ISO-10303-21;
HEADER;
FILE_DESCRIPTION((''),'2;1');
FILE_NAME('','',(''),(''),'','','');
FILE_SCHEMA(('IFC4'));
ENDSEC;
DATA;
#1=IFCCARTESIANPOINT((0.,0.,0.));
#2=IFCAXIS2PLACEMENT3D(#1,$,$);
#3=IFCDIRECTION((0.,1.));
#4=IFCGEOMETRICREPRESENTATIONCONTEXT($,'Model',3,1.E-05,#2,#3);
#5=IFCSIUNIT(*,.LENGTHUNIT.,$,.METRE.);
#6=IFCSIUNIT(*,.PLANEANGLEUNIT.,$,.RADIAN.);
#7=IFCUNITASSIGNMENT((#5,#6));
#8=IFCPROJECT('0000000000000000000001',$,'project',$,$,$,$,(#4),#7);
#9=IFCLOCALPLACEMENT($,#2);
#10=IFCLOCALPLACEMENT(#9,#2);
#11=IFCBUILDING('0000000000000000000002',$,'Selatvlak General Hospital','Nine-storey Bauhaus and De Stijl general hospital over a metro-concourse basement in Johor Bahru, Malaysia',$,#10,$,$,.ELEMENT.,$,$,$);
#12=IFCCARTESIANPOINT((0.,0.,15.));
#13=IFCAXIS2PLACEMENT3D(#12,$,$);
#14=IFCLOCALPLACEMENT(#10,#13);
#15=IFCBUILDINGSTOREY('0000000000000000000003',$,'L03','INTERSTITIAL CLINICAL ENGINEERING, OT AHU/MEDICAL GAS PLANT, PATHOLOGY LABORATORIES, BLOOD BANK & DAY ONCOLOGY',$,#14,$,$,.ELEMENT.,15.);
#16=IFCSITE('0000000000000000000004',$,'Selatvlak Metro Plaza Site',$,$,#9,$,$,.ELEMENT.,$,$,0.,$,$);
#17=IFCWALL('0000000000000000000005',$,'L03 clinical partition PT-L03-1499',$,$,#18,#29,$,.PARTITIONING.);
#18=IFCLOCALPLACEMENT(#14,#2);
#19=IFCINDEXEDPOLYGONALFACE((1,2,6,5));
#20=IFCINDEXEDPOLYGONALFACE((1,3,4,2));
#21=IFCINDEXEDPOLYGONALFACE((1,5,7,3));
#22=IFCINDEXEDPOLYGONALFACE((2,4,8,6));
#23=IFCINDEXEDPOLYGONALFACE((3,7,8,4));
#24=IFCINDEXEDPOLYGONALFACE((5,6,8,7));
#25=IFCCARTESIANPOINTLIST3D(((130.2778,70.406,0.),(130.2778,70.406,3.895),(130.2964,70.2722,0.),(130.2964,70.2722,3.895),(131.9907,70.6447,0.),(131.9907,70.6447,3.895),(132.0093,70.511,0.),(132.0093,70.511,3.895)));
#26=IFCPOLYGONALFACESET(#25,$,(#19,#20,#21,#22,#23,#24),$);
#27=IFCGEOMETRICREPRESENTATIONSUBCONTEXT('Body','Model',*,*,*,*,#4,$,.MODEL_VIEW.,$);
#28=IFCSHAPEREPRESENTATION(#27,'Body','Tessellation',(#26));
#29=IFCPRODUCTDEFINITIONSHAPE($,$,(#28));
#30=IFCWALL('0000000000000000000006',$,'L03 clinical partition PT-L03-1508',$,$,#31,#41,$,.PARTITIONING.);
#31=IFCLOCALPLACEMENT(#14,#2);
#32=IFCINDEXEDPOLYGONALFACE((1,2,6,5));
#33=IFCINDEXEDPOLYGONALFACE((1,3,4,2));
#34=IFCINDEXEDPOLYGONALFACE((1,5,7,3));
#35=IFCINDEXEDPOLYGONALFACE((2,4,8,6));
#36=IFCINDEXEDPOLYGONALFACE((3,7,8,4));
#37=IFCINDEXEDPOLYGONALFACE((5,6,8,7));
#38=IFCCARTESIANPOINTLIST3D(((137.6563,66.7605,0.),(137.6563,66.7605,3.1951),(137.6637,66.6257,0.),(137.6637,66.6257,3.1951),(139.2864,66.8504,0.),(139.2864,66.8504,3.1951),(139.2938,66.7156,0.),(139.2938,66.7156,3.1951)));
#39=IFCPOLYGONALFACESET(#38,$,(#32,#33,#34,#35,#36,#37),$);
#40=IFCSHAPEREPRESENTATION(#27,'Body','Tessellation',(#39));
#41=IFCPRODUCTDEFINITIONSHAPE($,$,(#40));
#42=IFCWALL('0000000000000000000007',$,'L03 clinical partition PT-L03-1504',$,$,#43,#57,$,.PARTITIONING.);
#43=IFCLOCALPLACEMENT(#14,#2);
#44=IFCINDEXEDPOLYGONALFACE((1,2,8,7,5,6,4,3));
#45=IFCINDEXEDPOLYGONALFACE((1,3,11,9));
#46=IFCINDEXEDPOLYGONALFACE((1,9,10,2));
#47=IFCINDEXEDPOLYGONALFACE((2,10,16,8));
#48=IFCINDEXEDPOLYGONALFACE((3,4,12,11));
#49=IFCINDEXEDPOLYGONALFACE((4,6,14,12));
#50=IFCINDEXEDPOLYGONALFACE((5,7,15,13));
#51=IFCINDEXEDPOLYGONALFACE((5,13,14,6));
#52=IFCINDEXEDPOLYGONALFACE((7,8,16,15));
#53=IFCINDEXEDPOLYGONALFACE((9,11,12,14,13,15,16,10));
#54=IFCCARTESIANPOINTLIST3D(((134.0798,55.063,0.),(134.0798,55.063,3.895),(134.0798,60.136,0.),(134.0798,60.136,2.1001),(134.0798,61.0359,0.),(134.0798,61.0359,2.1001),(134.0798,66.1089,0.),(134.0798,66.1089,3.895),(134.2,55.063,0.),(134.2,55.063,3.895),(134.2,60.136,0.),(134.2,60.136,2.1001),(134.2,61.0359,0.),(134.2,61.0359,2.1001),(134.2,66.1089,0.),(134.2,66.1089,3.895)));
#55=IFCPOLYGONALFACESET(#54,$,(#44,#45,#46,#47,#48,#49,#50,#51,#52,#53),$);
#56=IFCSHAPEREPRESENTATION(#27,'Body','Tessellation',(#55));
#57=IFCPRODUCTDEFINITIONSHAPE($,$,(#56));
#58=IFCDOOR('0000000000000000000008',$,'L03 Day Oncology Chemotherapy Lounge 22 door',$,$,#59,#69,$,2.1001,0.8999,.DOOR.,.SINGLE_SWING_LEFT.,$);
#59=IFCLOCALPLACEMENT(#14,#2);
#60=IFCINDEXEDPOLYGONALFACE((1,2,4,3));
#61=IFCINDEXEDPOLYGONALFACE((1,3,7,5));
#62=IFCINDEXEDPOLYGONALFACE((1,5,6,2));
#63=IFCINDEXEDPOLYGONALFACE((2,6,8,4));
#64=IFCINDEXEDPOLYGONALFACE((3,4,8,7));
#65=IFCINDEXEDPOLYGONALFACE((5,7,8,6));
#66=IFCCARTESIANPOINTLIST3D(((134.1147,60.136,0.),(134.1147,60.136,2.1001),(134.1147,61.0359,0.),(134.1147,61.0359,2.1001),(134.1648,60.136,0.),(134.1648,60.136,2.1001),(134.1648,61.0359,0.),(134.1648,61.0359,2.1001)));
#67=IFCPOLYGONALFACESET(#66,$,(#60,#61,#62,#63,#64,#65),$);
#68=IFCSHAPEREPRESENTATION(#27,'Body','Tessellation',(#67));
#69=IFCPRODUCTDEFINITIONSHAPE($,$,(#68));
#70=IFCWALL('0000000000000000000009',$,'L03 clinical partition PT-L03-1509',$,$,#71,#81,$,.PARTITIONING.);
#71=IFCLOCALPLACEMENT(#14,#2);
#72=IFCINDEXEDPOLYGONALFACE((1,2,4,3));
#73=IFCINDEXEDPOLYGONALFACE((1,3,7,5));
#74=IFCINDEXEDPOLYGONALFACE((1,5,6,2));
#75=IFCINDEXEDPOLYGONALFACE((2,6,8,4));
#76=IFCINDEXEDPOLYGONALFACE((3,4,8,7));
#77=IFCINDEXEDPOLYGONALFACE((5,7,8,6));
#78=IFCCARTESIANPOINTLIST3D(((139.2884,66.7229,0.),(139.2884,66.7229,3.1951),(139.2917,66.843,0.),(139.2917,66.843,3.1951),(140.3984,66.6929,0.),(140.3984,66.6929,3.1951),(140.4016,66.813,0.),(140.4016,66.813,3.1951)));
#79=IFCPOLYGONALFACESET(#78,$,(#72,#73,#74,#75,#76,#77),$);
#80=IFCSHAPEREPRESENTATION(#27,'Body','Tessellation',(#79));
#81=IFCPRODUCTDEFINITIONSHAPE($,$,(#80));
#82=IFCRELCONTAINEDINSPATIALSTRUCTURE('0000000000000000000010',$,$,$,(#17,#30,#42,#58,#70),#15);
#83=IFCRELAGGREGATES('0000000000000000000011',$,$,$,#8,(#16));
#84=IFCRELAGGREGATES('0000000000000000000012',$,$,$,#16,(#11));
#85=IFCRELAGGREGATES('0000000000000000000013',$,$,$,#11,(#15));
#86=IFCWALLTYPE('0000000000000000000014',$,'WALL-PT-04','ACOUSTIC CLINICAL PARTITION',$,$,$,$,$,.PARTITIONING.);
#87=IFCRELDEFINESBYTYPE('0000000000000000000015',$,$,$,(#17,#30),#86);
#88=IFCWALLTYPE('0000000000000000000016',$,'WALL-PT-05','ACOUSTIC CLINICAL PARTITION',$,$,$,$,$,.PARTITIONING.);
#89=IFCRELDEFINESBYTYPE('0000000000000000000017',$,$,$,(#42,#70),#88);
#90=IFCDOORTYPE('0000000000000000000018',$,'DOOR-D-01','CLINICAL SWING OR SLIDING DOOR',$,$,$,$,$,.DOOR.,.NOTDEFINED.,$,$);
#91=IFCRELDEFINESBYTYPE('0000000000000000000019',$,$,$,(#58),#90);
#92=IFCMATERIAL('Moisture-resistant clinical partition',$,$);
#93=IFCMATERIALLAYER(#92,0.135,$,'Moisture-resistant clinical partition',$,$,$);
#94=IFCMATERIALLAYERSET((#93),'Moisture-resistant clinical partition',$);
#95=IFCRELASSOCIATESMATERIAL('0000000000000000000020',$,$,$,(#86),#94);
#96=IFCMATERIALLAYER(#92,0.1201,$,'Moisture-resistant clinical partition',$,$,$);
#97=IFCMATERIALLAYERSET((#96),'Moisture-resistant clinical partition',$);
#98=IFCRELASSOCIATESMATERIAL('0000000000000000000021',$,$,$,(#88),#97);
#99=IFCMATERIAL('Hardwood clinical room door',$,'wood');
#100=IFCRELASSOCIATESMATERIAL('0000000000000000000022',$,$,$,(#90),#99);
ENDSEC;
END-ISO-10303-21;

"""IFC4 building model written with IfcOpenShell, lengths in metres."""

from ifc_helpers import new_model, si_unit, direction, frame, frame_2d, origin, place, context, subcontext, project, spatial, rectangle, extrude, material, layer, layer_set, type_object, element, fill, save


model = new_model("IFC4")

# Units and contexts
model_context = context("Model", 3, precision=1e-05, world=origin(), true_north=direction((0.0, 1.0)))
body_context = subcontext(model_context, "Body", "Model", "MODEL_VIEW")
ifc_project = project(units=[si_unit("LENGTHUNIT", "METRE"), si_unit("PLANEANGLEUNIT", "RADIAN")], contexts=[model_context])

# Site, building, storey
site_placement = place(None, origin())
site = spatial("IfcSite", under=ifc_project, at=site_placement, Name="Selatvlak Metro Plaza Site", CompositionType="ELEMENT", RefElevation=0.0)
building_placement = place(site_placement, origin())
building = spatial("IfcBuilding", under=site, at=building_placement, Name="Selatvlak General Hospital", Description="Nine-storey Bauhaus and De Stijl general hospital over a metro-concourse basement in Johor Bahru, Malaysia", CompositionType="ELEMENT")
storey_placement = place(building_placement, frame((0.0, 0.0, 15.0)))
storey = spatial("IfcBuildingStorey", under=building, at=storey_placement, Name="L03", Description="INTERSTITIAL CLINICAL ENGINEERING, OT AHU/MEDICAL GAS PLANT, PATHOLOGY LABORATORIES, BLOOD BANK & DAY ONCOLOGY", CompositionType="ELEMENT", Elevation=15.0)

# Walls
ifc_material_1 = material(Name="Moisture-resistant clinical partition")
ifc_layer_1 = layer(ifc_material_1, 0.135, Name="Moisture-resistant clinical partition")
ifc_layer_set_1 = layer_set([ifc_layer_1], Name="Moisture-resistant clinical partition")
wall_type_1 = type_object("IfcWallType", Name="WALL-PT-04", Description="ACOUSTIC CLINICAL PARTITION", PredefinedType="PARTITIONING", material=ifc_layer_set_1)
wall_1_placement = place(storey_placement, frame((132.0, 70.5779, 0.0), z_axis=(0.0, 0.0, 1.0), x_axis=(-0.990424, -0.138061, 0.0)))
element("IfcWall", 1, at=wall_1_placement, inside=storey, type_object=wall_type_1, Name="L03 clinical partition PT-L03-1499", PredefinedType="PARTITIONING", context=body_context, shape_type="SweptSolid", body=[
    extrude(rectangle(XDim=1.7295, YDim=0.135, at=frame_2d((0.8647, 0.0))), origin(), (0.0, 0.0, 1.0), 3.895),
])
wall_2_placement = place(storey_placement, frame((137.6599, 66.6931, 0.0), z_axis=(0.0, 0.0, 1.0), x_axis=(0.998485, 0.055031, 0.0)))
element("IfcWall", 2, at=wall_2_placement, inside=storey, type_object=wall_type_1, Name="L03 clinical partition PT-L03-1508", PredefinedType="PARTITIONING", context=body_context, shape_type="SweptSolid", body=[
    extrude(rectangle(XDim=1.6326, YDim=0.135, at=frame_2d((0.8164, 0.0))), origin(), (0.0, 0.0, 1.0), 3.1951),
])

# Wall, opening, door
ifc_layer_2 = layer(ifc_material_1, 0.1201, Name="Moisture-resistant clinical partition")
ifc_layer_set_2 = layer_set([ifc_layer_2], Name="Moisture-resistant clinical partition")
wall_type_2 = type_object("IfcWallType", Name="WALL-PT-05", Description="ACOUSTIC CLINICAL PARTITION", PredefinedType="PARTITIONING", material=ifc_layer_set_2)
wall_3_placement = place(storey_placement, frame((134.1399, 66.1089, 0.0), z_axis=(0.0, 0.0, 1.0), x_axis=(0.0, -1.0, 0.0)))
wall_3 = element("IfcWall", 3, at=wall_3_placement, inside=storey, type_object=wall_type_2, Name="L03 clinical partition PT-L03-1504", PredefinedType="PARTITIONING", context=body_context, shape_type="SweptSolid", body=[
    extrude(rectangle(XDim=11.0459, YDim=0.1201, at=frame_2d((5.5229, 0.0))), origin(), (0.0, 0.0, 1.0), 3.895),
])
opening_placement = place(wall_3_placement, frame((5.073, 0.0, 0.0)))
opening = element("IfcOpeningElement", 4, at=opening_placement, cuts=wall_3, PredefinedType="OPENING", context=body_context, shape_type="SweptSolid", body=[
    extrude(rectangle(XDim=0.8999, YDim=2.1001, at=frame_2d((0.45, 1.05))), frame((0.0, 0.0701, 0.0), z_axis=(0.0, -1.0, 0.0), x_axis=(1.0, 0.0, 0.0)), (0.0, 0.0, 1.0), 0.1401),
])
ifc_material_2 = material(Name="Hardwood clinical room door", Category="wood")
door_type = type_object("IfcDoorType", Name="DOOR-D-01", Description="CLINICAL SWING OR SLIDING DOOR", OperationType="NOTDEFINED", PredefinedType="DOOR", material=ifc_material_2)
door_placement = place(opening_placement, origin())
door = element("IfcDoor", 5, at=door_placement, inside=storey, type_object=door_type, Name="L03 Day Oncology Chemotherapy Lounge 22 door", OperationType="SINGLE_SWING_LEFT", OverallHeight=2.1001, OverallWidth=0.8999, PredefinedType="DOOR", context=body_context, shape_type="SweptSolid", body=[
    extrude(rectangle(XDim=0.8999, YDim=2.1001, at=frame_2d((0.45, 1.05))), frame((0.0, 0.0249, 0.0), z_axis=(0.0, -1.0, 0.0), x_axis=(1.0, 0.0, 0.0)), (0.0, 0.0, 1.0), 0.05),
])
fill(opening, door)

# Wall
wall_4_placement = place(storey_placement, frame((139.29, 66.783, 0.0), z_axis=(0.0, 0.0, 1.0), x_axis=(0.999634, -0.027047, 0.0)))
element("IfcWall", 6, at=wall_4_placement, inside=storey, type_object=wall_type_2, Name="L03 clinical partition PT-L03-1509", PredefinedType="PARTITIONING", context=body_context, shape_type="SweptSolid", body=[
    extrude(rectangle(XDim=1.1104, YDim=0.1201, at=frame_2d((0.5552, 0.0))), origin(), (0.0, 0.0, 1.0), 3.1951),
])

save(model, "model.ifc")
